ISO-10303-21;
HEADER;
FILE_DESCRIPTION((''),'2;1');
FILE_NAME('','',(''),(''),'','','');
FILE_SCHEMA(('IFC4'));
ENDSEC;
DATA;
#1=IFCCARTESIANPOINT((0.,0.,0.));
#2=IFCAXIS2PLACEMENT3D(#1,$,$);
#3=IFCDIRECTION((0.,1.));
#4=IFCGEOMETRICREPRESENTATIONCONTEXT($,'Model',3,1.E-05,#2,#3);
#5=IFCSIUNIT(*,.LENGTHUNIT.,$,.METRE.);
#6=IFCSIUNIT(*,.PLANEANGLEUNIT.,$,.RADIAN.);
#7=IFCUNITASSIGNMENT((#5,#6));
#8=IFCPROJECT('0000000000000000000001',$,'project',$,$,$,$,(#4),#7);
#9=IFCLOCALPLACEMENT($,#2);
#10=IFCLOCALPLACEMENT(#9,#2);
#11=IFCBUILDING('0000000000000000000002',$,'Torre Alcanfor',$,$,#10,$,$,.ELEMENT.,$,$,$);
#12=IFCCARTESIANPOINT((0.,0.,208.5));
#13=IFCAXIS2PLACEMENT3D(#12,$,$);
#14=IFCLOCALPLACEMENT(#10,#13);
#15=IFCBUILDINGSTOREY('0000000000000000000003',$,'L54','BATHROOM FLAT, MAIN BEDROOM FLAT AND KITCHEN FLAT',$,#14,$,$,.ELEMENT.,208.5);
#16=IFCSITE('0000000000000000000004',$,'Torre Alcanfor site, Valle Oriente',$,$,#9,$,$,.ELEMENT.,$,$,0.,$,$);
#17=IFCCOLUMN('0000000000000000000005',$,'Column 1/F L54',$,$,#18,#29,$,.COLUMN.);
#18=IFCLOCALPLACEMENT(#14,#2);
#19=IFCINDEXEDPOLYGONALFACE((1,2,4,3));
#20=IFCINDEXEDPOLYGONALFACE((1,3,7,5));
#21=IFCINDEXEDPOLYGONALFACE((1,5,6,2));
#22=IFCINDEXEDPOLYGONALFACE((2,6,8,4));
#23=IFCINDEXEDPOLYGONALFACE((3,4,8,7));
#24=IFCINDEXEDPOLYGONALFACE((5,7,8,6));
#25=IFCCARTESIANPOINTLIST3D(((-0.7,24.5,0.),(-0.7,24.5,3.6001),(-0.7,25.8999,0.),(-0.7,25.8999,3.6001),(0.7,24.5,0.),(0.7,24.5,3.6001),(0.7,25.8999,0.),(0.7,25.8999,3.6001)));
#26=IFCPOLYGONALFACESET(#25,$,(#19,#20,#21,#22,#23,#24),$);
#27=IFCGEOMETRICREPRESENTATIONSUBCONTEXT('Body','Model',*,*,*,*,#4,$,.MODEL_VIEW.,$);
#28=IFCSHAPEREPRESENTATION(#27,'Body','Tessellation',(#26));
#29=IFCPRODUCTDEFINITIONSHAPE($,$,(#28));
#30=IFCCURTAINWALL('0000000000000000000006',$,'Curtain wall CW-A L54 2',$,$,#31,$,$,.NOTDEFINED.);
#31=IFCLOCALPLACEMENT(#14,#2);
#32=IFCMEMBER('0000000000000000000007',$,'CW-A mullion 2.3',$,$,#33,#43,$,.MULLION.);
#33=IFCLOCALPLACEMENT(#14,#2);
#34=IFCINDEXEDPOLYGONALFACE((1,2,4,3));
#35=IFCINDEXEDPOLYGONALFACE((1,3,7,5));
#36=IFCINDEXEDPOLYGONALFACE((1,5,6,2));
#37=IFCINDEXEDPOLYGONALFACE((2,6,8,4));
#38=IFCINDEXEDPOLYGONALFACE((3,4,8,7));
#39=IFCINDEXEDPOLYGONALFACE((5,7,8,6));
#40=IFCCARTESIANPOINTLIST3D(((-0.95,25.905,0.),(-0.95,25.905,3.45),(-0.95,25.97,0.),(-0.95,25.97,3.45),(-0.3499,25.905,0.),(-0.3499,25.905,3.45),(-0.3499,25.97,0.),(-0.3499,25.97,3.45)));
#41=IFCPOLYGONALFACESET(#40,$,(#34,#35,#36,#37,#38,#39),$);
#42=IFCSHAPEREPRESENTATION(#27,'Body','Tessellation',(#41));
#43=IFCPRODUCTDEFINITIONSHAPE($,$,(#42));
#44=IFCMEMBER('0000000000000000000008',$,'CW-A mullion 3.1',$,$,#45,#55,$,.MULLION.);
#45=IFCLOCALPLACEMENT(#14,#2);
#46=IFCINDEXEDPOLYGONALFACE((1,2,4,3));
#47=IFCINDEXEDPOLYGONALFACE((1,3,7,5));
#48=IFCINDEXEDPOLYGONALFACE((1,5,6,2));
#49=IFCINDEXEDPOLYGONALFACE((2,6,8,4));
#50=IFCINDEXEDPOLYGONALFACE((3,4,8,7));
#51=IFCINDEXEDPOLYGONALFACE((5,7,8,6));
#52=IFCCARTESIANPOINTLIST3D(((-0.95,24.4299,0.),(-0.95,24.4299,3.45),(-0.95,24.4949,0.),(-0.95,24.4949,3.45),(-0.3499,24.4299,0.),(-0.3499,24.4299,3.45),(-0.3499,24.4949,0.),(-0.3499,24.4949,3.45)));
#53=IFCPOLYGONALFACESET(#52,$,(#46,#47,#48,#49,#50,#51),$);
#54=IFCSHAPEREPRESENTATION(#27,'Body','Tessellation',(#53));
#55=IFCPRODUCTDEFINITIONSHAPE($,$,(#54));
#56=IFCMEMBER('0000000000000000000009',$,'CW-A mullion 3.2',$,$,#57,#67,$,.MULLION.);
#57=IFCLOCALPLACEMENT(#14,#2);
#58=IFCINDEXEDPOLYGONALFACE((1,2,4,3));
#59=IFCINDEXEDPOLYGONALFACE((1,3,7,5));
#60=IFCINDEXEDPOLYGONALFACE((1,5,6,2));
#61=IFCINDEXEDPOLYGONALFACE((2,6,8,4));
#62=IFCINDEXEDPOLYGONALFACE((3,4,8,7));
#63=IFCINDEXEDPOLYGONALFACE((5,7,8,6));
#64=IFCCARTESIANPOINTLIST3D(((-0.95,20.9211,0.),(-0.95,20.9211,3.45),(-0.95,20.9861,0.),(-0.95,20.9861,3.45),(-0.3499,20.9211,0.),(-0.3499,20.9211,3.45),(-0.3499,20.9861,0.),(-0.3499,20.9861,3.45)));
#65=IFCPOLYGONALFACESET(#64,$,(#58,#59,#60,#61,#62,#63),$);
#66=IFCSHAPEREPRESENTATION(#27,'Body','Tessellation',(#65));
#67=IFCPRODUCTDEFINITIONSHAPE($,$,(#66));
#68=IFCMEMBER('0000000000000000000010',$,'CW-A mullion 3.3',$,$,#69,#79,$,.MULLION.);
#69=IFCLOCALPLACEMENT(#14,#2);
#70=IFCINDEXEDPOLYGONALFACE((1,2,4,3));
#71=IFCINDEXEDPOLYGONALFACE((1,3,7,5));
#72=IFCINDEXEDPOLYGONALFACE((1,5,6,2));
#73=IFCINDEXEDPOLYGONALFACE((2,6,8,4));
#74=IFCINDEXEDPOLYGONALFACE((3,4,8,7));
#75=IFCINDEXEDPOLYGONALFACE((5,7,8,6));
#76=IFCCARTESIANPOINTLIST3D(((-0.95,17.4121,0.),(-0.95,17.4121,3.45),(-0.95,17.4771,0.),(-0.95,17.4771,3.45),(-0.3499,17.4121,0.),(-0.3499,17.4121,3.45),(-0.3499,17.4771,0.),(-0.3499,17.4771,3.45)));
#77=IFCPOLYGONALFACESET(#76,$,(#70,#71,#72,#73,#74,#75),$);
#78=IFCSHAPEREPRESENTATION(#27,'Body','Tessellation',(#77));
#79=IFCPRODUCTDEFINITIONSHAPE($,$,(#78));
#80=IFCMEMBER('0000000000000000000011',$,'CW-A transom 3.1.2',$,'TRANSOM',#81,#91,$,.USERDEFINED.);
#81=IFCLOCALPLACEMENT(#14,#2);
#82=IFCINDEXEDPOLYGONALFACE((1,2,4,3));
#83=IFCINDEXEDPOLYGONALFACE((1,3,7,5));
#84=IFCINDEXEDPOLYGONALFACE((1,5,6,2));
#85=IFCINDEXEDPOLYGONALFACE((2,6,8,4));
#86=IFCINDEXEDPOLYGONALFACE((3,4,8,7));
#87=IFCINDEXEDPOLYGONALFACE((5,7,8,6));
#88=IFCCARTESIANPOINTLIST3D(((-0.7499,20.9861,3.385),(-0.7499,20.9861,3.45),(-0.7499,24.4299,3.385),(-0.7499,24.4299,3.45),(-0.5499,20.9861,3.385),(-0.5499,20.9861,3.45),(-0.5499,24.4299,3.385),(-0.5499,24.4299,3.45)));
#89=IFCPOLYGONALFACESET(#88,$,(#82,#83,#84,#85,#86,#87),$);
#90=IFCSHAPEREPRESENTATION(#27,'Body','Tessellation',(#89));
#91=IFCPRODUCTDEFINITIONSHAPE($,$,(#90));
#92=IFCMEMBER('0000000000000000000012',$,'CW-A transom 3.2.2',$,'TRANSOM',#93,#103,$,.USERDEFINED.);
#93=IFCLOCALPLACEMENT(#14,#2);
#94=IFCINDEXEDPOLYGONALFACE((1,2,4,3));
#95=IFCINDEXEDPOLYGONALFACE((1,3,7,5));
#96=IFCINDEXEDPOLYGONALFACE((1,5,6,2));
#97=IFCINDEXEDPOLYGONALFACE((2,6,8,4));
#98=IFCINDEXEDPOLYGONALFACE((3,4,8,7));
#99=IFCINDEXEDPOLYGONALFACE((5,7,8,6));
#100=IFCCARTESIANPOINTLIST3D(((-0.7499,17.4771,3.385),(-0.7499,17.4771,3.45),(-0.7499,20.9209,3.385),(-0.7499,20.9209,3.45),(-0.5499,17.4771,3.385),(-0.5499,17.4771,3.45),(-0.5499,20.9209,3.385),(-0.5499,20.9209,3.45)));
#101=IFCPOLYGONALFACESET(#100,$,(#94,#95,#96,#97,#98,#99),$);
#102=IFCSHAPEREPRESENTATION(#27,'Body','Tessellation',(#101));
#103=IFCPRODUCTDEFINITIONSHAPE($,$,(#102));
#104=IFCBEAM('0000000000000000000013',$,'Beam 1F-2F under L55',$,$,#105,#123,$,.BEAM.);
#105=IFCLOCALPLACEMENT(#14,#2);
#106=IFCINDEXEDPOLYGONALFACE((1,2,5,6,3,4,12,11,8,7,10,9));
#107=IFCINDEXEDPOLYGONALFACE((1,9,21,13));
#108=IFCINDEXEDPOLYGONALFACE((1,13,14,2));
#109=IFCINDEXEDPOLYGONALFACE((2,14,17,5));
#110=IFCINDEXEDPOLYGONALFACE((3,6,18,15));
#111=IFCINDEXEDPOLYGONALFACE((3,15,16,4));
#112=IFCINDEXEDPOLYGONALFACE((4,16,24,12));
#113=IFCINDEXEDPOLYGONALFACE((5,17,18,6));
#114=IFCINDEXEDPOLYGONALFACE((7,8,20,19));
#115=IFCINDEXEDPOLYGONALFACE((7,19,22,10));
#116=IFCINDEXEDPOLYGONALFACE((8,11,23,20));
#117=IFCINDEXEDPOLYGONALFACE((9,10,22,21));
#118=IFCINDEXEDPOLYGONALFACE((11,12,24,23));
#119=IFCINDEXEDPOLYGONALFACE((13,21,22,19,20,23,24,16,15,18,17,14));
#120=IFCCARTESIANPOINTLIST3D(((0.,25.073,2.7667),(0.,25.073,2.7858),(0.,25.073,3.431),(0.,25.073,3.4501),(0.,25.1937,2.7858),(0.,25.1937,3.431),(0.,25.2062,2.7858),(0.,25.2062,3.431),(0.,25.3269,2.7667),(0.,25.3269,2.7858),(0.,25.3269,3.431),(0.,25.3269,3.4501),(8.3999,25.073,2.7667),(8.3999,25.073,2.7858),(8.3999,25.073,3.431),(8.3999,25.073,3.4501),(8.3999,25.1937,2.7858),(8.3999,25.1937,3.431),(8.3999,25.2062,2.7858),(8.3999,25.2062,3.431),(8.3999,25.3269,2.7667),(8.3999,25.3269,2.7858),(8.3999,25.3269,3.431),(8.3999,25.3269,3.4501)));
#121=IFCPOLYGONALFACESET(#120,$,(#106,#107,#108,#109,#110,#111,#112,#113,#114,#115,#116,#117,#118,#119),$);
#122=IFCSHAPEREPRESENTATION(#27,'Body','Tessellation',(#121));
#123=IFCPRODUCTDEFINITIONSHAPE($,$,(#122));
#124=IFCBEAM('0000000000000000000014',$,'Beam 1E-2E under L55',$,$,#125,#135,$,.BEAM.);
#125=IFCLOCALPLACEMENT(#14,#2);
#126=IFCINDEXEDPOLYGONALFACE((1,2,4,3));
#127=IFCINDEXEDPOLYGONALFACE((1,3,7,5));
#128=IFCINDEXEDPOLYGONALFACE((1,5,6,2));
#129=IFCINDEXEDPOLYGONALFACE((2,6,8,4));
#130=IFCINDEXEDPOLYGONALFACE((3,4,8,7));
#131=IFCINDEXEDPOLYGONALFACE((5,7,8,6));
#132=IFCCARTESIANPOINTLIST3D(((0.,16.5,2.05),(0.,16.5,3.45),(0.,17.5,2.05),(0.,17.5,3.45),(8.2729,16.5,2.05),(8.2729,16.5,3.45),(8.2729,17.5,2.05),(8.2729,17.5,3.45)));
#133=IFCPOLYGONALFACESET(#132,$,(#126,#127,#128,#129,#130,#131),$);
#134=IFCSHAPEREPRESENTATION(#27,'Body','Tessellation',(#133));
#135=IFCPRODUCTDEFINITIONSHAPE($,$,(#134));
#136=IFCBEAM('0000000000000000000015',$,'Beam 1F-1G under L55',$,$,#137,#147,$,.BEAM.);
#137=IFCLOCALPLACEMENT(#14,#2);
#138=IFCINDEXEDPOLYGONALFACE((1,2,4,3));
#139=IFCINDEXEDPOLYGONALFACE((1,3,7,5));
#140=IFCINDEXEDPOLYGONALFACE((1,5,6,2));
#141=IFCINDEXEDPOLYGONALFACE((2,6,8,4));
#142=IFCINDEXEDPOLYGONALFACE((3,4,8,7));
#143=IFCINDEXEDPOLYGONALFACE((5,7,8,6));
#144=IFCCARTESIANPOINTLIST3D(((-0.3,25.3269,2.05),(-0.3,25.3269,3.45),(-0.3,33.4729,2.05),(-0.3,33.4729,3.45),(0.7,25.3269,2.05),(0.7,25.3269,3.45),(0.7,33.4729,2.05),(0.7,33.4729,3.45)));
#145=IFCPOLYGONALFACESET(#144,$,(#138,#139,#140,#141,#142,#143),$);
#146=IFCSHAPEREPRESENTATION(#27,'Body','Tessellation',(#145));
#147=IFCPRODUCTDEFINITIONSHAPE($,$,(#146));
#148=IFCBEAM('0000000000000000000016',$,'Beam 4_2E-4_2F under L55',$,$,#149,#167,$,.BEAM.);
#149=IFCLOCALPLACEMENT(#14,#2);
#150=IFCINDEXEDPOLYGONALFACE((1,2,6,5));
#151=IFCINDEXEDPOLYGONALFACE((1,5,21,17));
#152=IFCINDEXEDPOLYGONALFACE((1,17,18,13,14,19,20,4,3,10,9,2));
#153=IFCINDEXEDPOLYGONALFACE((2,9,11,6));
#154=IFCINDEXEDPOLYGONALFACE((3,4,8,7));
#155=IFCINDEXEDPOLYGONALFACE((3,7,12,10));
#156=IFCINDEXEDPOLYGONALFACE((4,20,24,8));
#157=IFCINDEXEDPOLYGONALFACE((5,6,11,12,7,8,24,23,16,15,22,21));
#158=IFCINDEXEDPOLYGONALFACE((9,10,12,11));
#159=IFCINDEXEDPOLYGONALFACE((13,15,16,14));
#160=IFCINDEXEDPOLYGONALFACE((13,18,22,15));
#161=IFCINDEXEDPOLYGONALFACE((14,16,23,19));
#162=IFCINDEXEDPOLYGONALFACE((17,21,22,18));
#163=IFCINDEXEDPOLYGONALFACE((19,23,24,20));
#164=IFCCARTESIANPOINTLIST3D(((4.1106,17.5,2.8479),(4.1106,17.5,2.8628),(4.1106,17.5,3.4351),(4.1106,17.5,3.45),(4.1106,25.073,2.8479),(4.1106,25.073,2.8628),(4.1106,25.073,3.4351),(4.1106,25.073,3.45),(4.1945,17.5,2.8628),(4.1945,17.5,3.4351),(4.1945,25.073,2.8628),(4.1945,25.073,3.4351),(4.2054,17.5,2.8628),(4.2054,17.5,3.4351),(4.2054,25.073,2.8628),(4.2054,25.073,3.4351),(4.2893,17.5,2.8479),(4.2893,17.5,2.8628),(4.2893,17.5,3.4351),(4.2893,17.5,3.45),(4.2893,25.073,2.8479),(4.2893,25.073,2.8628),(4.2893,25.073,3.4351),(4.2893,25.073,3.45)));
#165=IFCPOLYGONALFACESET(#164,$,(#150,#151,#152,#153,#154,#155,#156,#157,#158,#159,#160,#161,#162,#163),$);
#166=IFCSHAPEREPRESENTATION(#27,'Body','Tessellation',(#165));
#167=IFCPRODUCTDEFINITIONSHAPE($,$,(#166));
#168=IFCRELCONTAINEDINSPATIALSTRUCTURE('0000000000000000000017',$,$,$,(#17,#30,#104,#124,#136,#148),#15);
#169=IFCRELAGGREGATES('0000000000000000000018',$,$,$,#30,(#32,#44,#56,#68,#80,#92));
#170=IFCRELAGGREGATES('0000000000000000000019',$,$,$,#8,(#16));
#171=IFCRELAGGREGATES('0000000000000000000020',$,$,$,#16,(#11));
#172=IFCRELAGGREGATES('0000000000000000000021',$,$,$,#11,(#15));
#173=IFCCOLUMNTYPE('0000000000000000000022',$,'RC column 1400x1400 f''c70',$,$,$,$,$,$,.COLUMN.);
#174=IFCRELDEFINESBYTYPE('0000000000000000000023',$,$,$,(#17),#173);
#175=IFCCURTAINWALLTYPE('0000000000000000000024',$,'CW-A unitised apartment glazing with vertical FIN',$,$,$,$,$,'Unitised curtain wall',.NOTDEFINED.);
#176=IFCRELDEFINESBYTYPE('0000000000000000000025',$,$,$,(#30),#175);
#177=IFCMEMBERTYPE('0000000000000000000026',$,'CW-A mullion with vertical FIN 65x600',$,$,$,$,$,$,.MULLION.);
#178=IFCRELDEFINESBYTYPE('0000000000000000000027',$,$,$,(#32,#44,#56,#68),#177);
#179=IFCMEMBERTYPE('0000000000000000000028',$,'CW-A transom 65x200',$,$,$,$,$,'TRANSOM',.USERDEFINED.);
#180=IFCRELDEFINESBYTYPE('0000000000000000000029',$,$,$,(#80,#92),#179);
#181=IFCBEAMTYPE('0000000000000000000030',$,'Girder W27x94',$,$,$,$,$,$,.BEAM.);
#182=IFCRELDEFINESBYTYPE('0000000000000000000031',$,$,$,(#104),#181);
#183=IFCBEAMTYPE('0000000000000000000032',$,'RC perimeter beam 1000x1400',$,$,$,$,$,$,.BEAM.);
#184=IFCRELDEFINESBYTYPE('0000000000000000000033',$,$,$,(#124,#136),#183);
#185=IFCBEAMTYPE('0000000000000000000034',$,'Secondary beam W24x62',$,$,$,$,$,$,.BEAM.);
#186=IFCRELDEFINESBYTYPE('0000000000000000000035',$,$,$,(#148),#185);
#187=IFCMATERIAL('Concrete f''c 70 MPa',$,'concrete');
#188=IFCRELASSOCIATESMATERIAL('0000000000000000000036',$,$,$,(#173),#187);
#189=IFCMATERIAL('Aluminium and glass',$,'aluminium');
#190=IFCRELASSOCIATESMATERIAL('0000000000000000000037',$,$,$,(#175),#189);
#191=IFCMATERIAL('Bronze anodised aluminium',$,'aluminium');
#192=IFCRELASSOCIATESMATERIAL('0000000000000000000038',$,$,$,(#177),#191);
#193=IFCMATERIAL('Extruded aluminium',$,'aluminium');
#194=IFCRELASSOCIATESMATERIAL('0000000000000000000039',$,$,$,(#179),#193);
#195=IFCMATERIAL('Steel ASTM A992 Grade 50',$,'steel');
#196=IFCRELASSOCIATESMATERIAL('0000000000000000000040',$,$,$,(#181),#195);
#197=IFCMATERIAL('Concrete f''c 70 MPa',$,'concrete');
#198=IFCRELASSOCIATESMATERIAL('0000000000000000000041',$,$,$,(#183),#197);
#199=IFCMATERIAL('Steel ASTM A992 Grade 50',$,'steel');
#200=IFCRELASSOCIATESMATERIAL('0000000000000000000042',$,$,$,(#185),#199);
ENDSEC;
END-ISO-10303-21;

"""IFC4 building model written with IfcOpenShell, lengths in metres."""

from ifc_helpers import new_model, si_unit, direction, frame, origin, origin_2d, place, context, subcontext, project, spatial, rectangle, i_section, extrude, material, material_profile, profile_set, type_object, element, aggregate, save


model = new_model("IFC4")

# Units and contexts
model_context = context("Model", 3, precision=1e-05, world=origin(), true_north=direction((0.0, 1.0)))
body_context = subcontext(model_context, "Body", "Model", "MODEL_VIEW")
ifc_project = project(units=[si_unit("LENGTHUNIT", "METRE"), si_unit("PLANEANGLEUNIT", "RADIAN")], contexts=[model_context])

# Site, building, storey
site_placement = place(None, origin())
site = spatial("IfcSite", under=ifc_project, at=site_placement, Name="Torre Alcanfor site, Valle Oriente", CompositionType="ELEMENT", RefElevation=0.0)
building_placement = place(site_placement, origin())
building = spatial("IfcBuilding", under=site, at=building_placement, Name="Torre Alcanfor", CompositionType="ELEMENT")
storey_placement = place(building_placement, frame((0.0, 0.0, 208.5)))
storey = spatial("IfcBuildingStorey", under=building, at=storey_placement, Name="L54", Description="BATHROOM FLAT, MAIN BEDROOM FLAT AND KITCHEN FLAT", CompositionType="ELEMENT", Elevation=208.5)

# Column
ifc_material_1 = material(Name="Concrete f'c 70 MPa", Category="concrete")
ifc_material_profile_1 = material_profile(ifc_material_1, rectangle(XDim=1.3999, YDim=1.3999, at=origin_2d()), Name="1400x1400")
ifc_profile_set_1 = profile_set([ifc_material_profile_1], Name="Concrete f'c 70 MPa")
column_type = type_object("IfcColumnType", Name="RC column 1400x1400 f'c70", PredefinedType="COLUMN", material=ifc_profile_set_1)
column_placement = place(storey_placement, frame((0.0, 25.2, 0.0), z_axis=(0.0, 0.0, 1.0), x_axis=(1.0, 0.0, 0.0)))
element("IfcColumn", 1, at=column_placement, inside=storey, type_object=column_type, Name="Column 1/F L54", PredefinedType="COLUMN", context=body_context, shape_type="SweptSolid", body=[
    extrude(rectangle(XDim=1.3999, YDim=1.3999, at=origin_2d()), origin(), (0.0, 0.0, 1.0), 3.6001),
])

# Curtain wall, members
ifc_material_2 = material(Name="Aluminium and glass", Category="aluminium")
curtain_wall_type = type_object("IfcCurtainWallType", Name="CW-A unitised apartment glazing with vertical FIN", ElementType="Unitised curtain wall", PredefinedType="NOTDEFINED", material=ifc_material_2)
curtain_wall_placement = place(storey_placement, origin())
curtain_wall = element("IfcCurtainWall", 2, at=curtain_wall_placement, inside=storey, type_object=curtain_wall_type, Name="Curtain wall CW-A L54 2", PredefinedType="NOTDEFINED")
ifc_material_3 = material(Name="Bronze anodised aluminium", Category="aluminium")
ifc_material_profile_2 = material_profile(ifc_material_3, rectangle(XDim=0.6001, YDim=0.0649, at=origin_2d()), Name="CW-A mullion 65x600")
ifc_profile_set_2 = profile_set([ifc_material_profile_2], Name="Bronze anodised aluminium")
member_type_1 = type_object("IfcMemberType", Name="CW-A mullion with vertical FIN 65x600", PredefinedType="MULLION", material=ifc_profile_set_2)
member_1_placement = place(storey_placement, frame((-0.6499, 25.9375, 0.0), z_axis=(0.0, 0.0, 1.0), x_axis=(1.0, 0.0, 0.0)))
member_1 = element("IfcMember", 3, at=member_1_placement, type_object=member_type_1, Name="CW-A mullion 2.3", PredefinedType="MULLION", context=body_context, shape_type="SweptSolid", body=[
    extrude(rectangle(XDim=0.6001, YDim=0.0649, at=origin_2d()), origin(), (0.0, 0.0, 1.0), 3.45),
])
member_2_placement = place(storey_placement, frame((-0.6499, 24.4624, 0.0), z_axis=(0.0, 0.0, 1.0), x_axis=(1.0, 0.0, 0.0)))
member_2 = element("IfcMember", 4, at=member_2_placement, type_object=member_type_1, Name="CW-A mullion 3.1", PredefinedType="MULLION", context=body_context, shape_type="SweptSolid", body=[
    extrude(rectangle(XDim=0.6001, YDim=0.0649, at=origin_2d()), origin(), (0.0, 0.0, 1.0), 3.45),
])
member_3_placement = place(storey_placement, frame((-0.6499, 20.9536, 0.0), z_axis=(0.0, 0.0, 1.0), x_axis=(1.0, 0.0, 0.0)))
member_3 = element("IfcMember", 5, at=member_3_placement, type_object=member_type_1, Name="CW-A mullion 3.2", PredefinedType="MULLION", context=body_context, shape_type="SweptSolid", body=[
    extrude(rectangle(XDim=0.6001, YDim=0.0649, at=origin_2d()), origin(), (0.0, 0.0, 1.0), 3.45),
])
member_4_placement = place(storey_placement, frame((-0.6499, 17.4446, 0.0), z_axis=(0.0, 0.0, 1.0), x_axis=(1.0, 0.0, 0.0)))
member_4 = element("IfcMember", 6, at=member_4_placement, type_object=member_type_1, Name="CW-A mullion 3.3", PredefinedType="MULLION", context=body_context, shape_type="SweptSolid", body=[
    extrude(rectangle(XDim=0.6001, YDim=0.0649, at=origin_2d()), origin(), (0.0, 0.0, 1.0), 3.45),
])
ifc_material_4 = material(Name="Extruded aluminium", Category="aluminium")
ifc_material_profile_3 = material_profile(ifc_material_4, rectangle(XDim=0.2, YDim=0.0649, at=origin_2d()), Name="CW-A transom 200x65")
ifc_profile_set_3 = profile_set([ifc_material_profile_3], Name="Extruded aluminium")
member_type_2 = type_object("IfcMemberType", Name="CW-A transom 65x200", ElementType="TRANSOM", PredefinedType="USERDEFINED", material=ifc_profile_set_3)
member_5_placement = place(storey_placement, frame((-0.6499, 24.4299, 3.4175), z_axis=(0.0, -1.0, 0.0), x_axis=(1.0, 0.0, 0.0)))
member_5 = element("IfcMember", 7, at=member_5_placement, type_object=member_type_2, Name="CW-A transom 3.1.2", ObjectType="TRANSOM", PredefinedType="USERDEFINED", context=body_context, shape_type="SweptSolid", body=[
    extrude(rectangle(XDim=0.2, YDim=0.0649, at=origin_2d()), origin(), (0.0, 0.0, 1.0), 3.4438),
])
member_6_placement = place(storey_placement, frame((-0.6499, 20.9209, 3.4175), z_axis=(0.0, -1.0, 0.0), x_axis=(1.0, 0.0, 0.0)))
member_6 = element("IfcMember", 8, at=member_6_placement, type_object=member_type_2, Name="CW-A transom 3.2.2", ObjectType="TRANSOM", PredefinedType="USERDEFINED", context=body_context, shape_type="SweptSolid", body=[
    extrude(rectangle(XDim=0.2, YDim=0.0649, at=origin_2d()), origin(), (0.0, 0.0, 1.0), 3.4438),
])

# Beams
ifc_material_5 = material(Name="Steel ASTM A992 Grade 50", Category="steel")
ifc_material_profile_4 = material_profile(ifc_material_5, i_section(OverallWidth=0.2539, OverallDepth=0.6833, WebThickness=0.0125, FlangeThickness=0.019, at=origin_2d()), Name="W27x94")
ifc_profile_set_4 = profile_set([ifc_material_profile_4], Name="Steel ASTM A992 Grade 50")
beam_type_1 = type_object("IfcBeamType", Name="Girder W27x94", PredefinedType="BEAM", material=ifc_profile_set_4)
beam_1_placement = place(storey_placement, frame((0.0, 25.2, 3.1084), z_axis=(1.0, 0.0, 0.0), x_axis=(0.0, 1.0, 0.0)))
element("IfcBeam", 9, at=beam_1_placement, inside=storey, type_object=beam_type_1, Name="Beam 1F-2F under L55", PredefinedType="BEAM", context=body_context, shape_type="SweptSolid", body=[
    extrude(i_section(OverallWidth=0.2539, OverallDepth=0.6833, WebThickness=0.0125, FlangeThickness=0.019, at=origin_2d()), origin(), (0.0, 0.0, 1.0), 8.3999),
])
ifc_material_6 = material(Name="Concrete f'c 70 MPa", Category="concrete")
ifc_material_profile_5 = material_profile(ifc_material_6, rectangle(XDim=1.0, YDim=1.3999, at=origin_2d()), Name="1000x1400")
ifc_profile_set_5 = profile_set([ifc_material_profile_5], Name="Concrete f'c 70 MPa")
beam_type_2 = type_object("IfcBeamType", Name="RC perimeter beam 1000x1400", PredefinedType="BEAM", material=ifc_profile_set_5)
beam_2_placement = place(storey_placement, frame((0.0, 17.0, 2.75), z_axis=(1.0, 0.0, 0.0), x_axis=(0.0, 1.0, 0.0)))
element("IfcBeam", 10, at=beam_2_placement, inside=storey, type_object=beam_type_2, Name="Beam 1E-2E under L55", PredefinedType="BEAM", context=body_context, shape_type="SweptSolid", body=[
    extrude(rectangle(XDim=1.0, YDim=1.3999, at=origin_2d()), origin(), (0.0, 0.0, 1.0), 8.2729),
])
beam_3_placement = place(storey_placement, frame((0.2, 25.3269, 2.75), z_axis=(0.0, 1.0, 0.0), x_axis=(-1.0, 0.0, 0.0)))
element("IfcBeam", 11, at=beam_3_placement, inside=storey, type_object=beam_type_2, Name="Beam 1F-1G under L55", PredefinedType="BEAM", context=body_context, shape_type="SweptSolid", body=[
    extrude(rectangle(XDim=1.0, YDim=1.3999, at=origin_2d()), origin(), (0.0, 0.0, 1.0), 8.146),
])
ifc_material_7 = material(Name="Steel ASTM A992 Grade 50", Category="steel")
ifc_material_profile_6 = material_profile(ifc_material_7, i_section(OverallWidth=0.1787, OverallDepth=0.6021, WebThickness=0.011, FlangeThickness=0.0149, at=origin_2d()), Name="W24x62")
ifc_profile_set_6 = profile_set([ifc_material_profile_6], Name="Steel ASTM A992 Grade 50")
beam_type_3 = type_object("IfcBeamType", Name="Secondary beam W24x62", PredefinedType="BEAM", material=ifc_profile_set_6)
beam_4_placement = place(storey_placement, frame((4.2, 17.5, 3.1489), z_axis=(0.0, 1.0, 0.0), x_axis=(-1.0, 0.0, 0.0)))
element("IfcBeam", 12, at=beam_4_placement, inside=storey, type_object=beam_type_3, Name="Beam 4_2E-4_2F under L55", PredefinedType="BEAM", context=body_context, shape_type="SweptSolid", body=[
    extrude(i_section(OverallWidth=0.1787, OverallDepth=0.6021, WebThickness=0.011, FlangeThickness=0.0149, at=origin_2d()), origin(), (0.0, 0.0, 1.0), 7.573),
])

aggregate(curtain_wall, [member_1, member_2, member_3, member_4, member_5, member_6])

save(model, "model.ifc")
